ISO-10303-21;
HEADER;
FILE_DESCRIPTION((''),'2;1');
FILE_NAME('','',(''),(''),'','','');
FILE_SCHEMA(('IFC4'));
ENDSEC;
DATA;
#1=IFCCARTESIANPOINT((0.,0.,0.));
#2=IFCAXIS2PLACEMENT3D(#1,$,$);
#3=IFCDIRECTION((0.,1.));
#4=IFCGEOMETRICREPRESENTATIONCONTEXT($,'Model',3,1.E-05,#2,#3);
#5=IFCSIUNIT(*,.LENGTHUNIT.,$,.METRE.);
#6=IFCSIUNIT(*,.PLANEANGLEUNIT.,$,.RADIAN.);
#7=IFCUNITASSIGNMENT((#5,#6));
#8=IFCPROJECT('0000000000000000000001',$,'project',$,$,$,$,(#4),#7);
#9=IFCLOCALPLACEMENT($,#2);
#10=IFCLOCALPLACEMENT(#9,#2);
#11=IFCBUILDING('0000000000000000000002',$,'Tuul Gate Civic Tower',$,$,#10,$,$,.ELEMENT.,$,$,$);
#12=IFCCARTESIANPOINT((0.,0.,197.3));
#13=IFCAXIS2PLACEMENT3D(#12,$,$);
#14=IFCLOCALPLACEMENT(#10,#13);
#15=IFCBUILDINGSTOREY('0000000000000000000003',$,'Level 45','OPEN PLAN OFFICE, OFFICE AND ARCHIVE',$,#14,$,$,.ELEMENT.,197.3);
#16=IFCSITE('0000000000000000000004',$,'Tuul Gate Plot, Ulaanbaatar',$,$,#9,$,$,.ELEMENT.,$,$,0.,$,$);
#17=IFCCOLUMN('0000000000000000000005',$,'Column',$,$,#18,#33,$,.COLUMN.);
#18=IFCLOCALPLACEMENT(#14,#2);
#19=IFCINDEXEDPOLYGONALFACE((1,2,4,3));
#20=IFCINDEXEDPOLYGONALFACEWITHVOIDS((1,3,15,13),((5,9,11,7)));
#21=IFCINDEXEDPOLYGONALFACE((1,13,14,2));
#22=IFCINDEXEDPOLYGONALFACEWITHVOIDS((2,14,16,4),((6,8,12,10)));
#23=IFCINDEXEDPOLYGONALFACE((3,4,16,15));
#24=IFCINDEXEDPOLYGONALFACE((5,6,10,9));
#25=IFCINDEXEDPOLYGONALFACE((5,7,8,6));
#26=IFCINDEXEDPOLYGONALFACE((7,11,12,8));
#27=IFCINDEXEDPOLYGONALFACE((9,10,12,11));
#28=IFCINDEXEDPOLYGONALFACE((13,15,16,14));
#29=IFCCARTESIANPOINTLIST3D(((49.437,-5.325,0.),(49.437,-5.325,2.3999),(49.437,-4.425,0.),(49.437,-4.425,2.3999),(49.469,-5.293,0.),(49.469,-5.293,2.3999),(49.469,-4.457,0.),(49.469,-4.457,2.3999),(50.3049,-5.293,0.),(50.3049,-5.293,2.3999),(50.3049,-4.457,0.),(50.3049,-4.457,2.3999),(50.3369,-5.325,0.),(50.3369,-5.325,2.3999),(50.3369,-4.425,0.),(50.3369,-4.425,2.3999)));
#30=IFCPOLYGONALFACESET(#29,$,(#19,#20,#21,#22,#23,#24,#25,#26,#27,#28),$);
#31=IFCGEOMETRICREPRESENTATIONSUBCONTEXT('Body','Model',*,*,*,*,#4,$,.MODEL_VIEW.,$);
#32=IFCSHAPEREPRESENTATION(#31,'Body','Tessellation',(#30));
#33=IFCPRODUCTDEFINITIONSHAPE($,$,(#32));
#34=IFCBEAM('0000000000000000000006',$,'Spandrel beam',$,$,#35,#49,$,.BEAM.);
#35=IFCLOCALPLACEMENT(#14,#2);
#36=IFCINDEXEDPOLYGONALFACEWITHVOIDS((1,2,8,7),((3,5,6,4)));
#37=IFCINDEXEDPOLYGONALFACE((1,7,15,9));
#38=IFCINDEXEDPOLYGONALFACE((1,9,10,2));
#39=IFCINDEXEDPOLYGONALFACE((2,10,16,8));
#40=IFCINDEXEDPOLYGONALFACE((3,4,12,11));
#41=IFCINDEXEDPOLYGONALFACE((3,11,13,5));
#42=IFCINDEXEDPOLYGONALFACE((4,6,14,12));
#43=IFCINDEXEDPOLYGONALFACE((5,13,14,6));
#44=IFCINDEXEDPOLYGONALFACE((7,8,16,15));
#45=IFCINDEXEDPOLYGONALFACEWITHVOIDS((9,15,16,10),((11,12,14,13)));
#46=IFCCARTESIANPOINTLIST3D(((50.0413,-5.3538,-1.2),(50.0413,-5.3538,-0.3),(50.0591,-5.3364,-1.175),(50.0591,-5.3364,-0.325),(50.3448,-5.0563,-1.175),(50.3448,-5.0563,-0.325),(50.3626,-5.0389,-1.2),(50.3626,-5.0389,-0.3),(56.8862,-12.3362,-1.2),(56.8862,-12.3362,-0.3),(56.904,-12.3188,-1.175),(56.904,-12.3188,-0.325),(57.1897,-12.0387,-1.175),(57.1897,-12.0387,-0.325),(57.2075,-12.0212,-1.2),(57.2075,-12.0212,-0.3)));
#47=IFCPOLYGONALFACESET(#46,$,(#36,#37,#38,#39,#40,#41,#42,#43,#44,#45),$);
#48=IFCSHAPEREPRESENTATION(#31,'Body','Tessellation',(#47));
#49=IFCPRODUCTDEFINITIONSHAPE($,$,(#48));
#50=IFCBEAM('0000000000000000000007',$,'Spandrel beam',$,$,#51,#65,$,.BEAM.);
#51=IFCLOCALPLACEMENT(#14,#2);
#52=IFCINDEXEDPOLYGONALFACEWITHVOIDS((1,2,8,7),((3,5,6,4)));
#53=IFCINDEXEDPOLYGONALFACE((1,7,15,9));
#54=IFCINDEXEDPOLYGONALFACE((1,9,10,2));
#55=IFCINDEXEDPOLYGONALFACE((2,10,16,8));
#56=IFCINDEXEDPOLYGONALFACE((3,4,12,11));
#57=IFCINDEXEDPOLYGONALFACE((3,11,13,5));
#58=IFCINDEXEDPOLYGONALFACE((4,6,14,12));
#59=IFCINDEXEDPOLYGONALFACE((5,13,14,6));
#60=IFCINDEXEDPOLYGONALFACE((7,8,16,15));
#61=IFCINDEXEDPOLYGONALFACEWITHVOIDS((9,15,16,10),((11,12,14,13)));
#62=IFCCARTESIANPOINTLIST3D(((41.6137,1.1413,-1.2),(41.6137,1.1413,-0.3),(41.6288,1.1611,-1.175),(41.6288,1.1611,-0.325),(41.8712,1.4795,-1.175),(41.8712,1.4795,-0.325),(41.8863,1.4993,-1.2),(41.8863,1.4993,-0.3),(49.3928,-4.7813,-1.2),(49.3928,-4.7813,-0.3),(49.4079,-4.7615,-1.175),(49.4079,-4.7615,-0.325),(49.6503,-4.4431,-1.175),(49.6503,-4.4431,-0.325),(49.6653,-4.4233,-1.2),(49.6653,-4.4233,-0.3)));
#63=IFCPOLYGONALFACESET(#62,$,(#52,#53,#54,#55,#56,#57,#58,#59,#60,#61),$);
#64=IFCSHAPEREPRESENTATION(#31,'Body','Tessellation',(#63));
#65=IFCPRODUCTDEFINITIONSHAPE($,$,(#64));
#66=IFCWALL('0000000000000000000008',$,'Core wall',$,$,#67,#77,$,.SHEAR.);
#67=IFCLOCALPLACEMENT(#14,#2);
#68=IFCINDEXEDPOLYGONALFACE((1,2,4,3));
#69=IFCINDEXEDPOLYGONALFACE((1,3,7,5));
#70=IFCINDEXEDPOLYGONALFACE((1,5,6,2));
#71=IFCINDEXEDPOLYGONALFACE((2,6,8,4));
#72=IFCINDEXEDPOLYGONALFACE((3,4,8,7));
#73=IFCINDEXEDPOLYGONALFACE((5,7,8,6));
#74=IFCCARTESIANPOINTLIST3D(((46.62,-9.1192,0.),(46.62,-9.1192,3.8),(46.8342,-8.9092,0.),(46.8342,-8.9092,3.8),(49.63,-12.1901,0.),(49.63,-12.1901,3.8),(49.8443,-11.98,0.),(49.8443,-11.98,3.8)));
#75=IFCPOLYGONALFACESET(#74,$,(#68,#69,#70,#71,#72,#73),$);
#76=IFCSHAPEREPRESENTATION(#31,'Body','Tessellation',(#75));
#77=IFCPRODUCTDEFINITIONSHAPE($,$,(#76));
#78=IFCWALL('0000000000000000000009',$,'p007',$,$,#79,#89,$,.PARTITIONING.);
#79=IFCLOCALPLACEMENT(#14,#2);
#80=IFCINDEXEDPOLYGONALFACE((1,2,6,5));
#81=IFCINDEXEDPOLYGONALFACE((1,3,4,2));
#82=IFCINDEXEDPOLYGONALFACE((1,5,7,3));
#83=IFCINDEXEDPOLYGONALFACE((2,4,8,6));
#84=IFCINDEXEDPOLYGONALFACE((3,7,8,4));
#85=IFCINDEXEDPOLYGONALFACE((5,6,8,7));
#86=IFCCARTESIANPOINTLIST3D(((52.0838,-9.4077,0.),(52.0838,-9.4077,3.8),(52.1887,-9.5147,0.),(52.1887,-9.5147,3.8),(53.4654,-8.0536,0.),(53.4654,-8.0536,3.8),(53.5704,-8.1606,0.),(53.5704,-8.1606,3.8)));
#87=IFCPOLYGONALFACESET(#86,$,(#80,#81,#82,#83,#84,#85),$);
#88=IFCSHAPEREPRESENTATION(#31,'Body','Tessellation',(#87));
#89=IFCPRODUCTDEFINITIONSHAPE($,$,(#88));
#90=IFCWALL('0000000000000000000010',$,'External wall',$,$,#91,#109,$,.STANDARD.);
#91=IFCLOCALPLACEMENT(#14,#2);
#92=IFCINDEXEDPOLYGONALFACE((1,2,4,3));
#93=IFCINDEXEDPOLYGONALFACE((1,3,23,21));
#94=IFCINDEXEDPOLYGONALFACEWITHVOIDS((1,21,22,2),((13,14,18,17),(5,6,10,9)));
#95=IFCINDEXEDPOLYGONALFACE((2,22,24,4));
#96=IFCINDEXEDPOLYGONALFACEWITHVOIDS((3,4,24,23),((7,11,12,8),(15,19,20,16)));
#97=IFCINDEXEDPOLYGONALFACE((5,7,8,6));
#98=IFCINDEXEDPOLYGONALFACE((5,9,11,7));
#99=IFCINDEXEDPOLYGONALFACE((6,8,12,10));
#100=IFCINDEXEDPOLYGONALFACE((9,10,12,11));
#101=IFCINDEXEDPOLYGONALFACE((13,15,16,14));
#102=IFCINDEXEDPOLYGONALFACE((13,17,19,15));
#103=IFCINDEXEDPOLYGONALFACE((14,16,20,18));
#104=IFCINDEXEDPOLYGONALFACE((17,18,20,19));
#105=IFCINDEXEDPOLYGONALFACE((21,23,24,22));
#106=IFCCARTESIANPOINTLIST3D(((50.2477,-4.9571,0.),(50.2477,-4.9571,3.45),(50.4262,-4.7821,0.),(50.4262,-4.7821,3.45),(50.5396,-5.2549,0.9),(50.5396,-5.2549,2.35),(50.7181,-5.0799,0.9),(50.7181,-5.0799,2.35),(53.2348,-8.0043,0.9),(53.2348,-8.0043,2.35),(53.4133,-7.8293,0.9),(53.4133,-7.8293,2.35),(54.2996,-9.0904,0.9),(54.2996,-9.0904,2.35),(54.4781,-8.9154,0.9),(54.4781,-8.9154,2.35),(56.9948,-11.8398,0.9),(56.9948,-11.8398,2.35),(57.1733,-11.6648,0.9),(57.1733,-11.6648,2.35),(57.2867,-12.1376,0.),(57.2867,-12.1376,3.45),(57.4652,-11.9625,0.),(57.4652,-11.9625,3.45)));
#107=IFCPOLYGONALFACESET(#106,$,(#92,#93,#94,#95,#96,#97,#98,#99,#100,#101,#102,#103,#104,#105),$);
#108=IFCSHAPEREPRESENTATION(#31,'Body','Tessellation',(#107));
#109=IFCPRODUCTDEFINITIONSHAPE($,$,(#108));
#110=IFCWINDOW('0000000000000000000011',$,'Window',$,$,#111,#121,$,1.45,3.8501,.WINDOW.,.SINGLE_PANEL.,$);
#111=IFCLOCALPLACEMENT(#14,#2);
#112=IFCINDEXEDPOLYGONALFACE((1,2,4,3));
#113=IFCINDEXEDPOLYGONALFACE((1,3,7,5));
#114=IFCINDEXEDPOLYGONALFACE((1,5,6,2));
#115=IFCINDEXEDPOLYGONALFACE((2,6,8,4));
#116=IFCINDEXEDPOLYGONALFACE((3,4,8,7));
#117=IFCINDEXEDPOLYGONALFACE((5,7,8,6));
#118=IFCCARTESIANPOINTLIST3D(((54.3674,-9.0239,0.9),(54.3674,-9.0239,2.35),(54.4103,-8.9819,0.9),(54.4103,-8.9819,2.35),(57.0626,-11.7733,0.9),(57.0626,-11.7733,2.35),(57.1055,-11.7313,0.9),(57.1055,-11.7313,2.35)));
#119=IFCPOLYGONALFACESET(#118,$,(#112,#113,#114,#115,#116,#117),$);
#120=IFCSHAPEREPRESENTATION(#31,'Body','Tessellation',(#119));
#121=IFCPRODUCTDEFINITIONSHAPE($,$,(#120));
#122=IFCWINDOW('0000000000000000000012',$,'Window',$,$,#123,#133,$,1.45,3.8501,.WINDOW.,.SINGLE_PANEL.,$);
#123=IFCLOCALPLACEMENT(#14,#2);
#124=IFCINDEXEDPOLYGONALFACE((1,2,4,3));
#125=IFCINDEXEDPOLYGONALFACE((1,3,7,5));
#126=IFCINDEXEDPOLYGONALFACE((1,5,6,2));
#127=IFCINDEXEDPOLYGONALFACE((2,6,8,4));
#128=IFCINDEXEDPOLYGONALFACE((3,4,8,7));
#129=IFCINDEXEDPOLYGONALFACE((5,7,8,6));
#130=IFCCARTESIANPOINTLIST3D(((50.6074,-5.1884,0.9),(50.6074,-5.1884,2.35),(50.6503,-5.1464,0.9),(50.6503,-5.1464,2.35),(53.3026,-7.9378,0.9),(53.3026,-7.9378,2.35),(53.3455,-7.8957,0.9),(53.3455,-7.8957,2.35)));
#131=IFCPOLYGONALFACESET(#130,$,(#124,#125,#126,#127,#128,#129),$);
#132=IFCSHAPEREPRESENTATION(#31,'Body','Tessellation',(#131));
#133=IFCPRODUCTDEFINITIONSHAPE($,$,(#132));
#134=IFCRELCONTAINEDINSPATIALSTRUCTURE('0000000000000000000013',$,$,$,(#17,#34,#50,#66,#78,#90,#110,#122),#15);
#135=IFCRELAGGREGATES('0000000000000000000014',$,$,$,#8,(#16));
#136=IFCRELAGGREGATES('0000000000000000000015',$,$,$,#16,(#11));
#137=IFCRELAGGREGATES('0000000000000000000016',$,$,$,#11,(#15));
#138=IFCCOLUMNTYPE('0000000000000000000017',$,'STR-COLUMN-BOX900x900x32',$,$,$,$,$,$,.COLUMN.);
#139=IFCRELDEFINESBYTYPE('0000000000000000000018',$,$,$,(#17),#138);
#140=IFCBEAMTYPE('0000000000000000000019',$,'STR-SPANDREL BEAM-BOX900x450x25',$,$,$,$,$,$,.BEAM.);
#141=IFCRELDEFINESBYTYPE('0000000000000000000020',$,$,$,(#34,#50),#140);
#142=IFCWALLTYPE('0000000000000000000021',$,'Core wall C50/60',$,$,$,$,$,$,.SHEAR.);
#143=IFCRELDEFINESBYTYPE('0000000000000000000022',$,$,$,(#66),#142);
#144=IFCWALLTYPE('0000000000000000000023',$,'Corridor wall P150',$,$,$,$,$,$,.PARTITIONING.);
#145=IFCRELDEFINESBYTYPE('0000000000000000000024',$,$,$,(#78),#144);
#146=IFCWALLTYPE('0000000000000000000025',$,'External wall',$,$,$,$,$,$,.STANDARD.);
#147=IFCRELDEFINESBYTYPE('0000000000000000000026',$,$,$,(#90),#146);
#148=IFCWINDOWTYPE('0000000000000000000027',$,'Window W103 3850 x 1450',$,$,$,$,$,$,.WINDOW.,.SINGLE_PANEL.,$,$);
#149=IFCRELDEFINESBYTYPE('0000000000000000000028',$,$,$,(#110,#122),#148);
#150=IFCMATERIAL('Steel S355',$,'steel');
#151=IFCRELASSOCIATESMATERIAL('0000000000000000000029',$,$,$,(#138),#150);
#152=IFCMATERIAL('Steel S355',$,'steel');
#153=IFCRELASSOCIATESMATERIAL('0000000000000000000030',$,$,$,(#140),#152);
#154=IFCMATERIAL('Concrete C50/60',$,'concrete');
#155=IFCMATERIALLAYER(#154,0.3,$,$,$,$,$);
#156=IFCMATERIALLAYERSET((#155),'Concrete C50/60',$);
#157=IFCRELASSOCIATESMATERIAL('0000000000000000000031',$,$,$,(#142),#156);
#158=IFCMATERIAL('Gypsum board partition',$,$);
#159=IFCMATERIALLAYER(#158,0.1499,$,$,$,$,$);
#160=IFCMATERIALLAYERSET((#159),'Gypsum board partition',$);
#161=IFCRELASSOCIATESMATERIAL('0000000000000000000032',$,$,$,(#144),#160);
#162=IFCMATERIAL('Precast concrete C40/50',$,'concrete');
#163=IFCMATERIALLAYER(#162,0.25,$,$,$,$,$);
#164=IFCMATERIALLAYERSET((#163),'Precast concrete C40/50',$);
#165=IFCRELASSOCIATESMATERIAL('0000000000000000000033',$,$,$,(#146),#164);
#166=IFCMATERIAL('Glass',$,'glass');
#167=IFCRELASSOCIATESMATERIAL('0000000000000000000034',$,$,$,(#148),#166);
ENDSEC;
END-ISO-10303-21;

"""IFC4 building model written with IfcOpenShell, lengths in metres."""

from ifc_helpers import new_model, si_unit, direction, frame, frame_2d, origin, origin_2d, place, context, subcontext, project, spatial, rectangle, hollow_rectangle, extrude, material, layer, layer_set, material_profile, profile_set, type_object, element, fill, save


model = new_model("IFC4")

# Units and contexts
model_context = context("Model", 3, precision=1e-05, world=origin(), true_north=direction((0.0, 1.0)))
body_context = subcontext(model_context, "Body", "Model", "MODEL_VIEW")
ifc_project = project(units=[si_unit("LENGTHUNIT", "METRE"), si_unit("PLANEANGLEUNIT", "RADIAN")], contexts=[model_context])

# Site, building, storey
site_placement = place(None, origin())
site = spatial("IfcSite", under=ifc_project, at=site_placement, Name="Tuul Gate Plot, Ulaanbaatar", CompositionType="ELEMENT", RefElevation=0.0)
building_placement = place(site_placement, origin())
building = spatial("IfcBuilding", under=site, at=building_placement, Name="Tuul Gate Civic Tower", CompositionType="ELEMENT")
storey_placement = place(building_placement, frame((0.0, 0.0, 197.3)))
storey = spatial("IfcBuildingStorey", under=building, at=storey_placement, Name="Level 45", Description="OPEN PLAN OFFICE, OFFICE AND ARCHIVE", CompositionType="ELEMENT", Elevation=197.3)

# Column
ifc_material_1 = material(Name="Steel S355", Category="steel")
ifc_material_profile_1 = material_profile(ifc_material_1, hollow_rectangle(XDim=0.8999, YDim=0.8999, WallThickness=0.032, at=origin_2d()), Name="BOX900x900x32")
ifc_profile_set_1 = profile_set([ifc_material_profile_1], Name="Steel S355")
column_type = type_object("IfcColumnType", Name="STR-COLUMN-BOX900x900x32", PredefinedType="COLUMN", material=ifc_profile_set_1)
column_placement = place(storey_placement, frame((49.887, -4.875, 0.0), z_axis=(0.0, 0.0, 1.0), x_axis=(1.0, 0.0, 0.0)))
element("IfcColumn", 1, at=column_placement, inside=storey, type_object=column_type, Name="Column", PredefinedType="COLUMN", context=body_context, shape_type="SweptSolid", body=[
    extrude(hollow_rectangle(XDim=0.8999, YDim=0.8999, WallThickness=0.032, at=origin_2d()), origin(), (0.0, 0.0, 1.0), 2.3999),
])

# Beams
ifc_material_2 = material(Name="Steel S355", Category="steel")
ifc_material_profile_2 = material_profile(ifc_material_2, hollow_rectangle(XDim=0.45, YDim=0.8999, WallThickness=0.0249, at=origin_2d()), Name="BOX900x450x25")
ifc_profile_set_2 = profile_set([ifc_material_profile_2], Name="Steel S355")
beam_type = type_object("IfcBeamType", Name="STR-SPANDREL BEAM-BOX900x450x25", PredefinedType="BEAM", material=ifc_profile_set_2)
beam_1_placement = place(storey_placement, frame((57.0469, -12.1787, -0.75), z_axis=(-0.700043, 0.7141, 0.0), x_axis=(-0.7141, -0.700043, 0.0)))
element("IfcBeam", 2, at=beam_1_placement, inside=storey, type_object=beam_type, Name="Spandrel beam", PredefinedType="BEAM", context=body_context, shape_type="SweptSolid", body=[
    extrude(hollow_rectangle(XDim=0.45, YDim=0.8999, WallThickness=0.0249, at=origin_2d()), origin(), (0.0, 0.0, 1.0), 9.7778),
])
beam_2_placement = place(storey_placement, frame((49.5291, -4.6023, -0.75), z_axis=(-0.795643, 0.605766, 0.0), x_axis=(-0.605766, -0.795643, 0.0)))
element("IfcBeam", 3, at=beam_2_placement, inside=storey, type_object=beam_type, Name="Spandrel beam", PredefinedType="BEAM", context=body_context, shape_type="SweptSolid", body=[
    extrude(hollow_rectangle(XDim=0.45, YDim=0.8999, WallThickness=0.0249, at=origin_2d()), origin(), (0.0, 0.0, 1.0), 9.7771),
])

# Walls
ifc_material_3 = material(Name="Concrete C50/60", Category="concrete")
ifc_layer_1 = layer(ifc_material_3, 0.3)
ifc_layer_set_1 = layer_set([ifc_layer_1], Name="Concrete C50/60")
wall_type_1 = type_object("IfcWallType", Name="Core wall C50/60", PredefinedType="SHEAR", material=ifc_layer_set_1)
wall_1_placement = place(storey_placement, frame((49.7371, -12.085, 0.0), z_axis=(0.0, 0.0, 1.0), x_axis=(-0.700003, 0.71414, 0.0)))
element("IfcWall", 4, at=wall_1_placement, inside=storey, type_object=wall_type_1, Name="Core wall", PredefinedType="SHEAR", context=body_context, shape_type="SweptSolid", body=[
    extrude(rectangle(XDim=4.3, YDim=0.3, at=frame_2d((2.1499, 0.0))), origin(), (0.0, 0.0, 1.0), 3.8),
])
ifc_material_4 = material(Name="Gypsum board partition")
ifc_layer_2 = layer(ifc_material_4, 0.1499)
ifc_layer_set_2 = layer_set([ifc_layer_2], Name="Gypsum board partition")
wall_type_2 = type_object("IfcWallType", Name="Corridor wall P150", PredefinedType="PARTITIONING", material=ifc_layer_set_2)
wall_2_placement = place(storey_placement, frame((52.1362, -9.4612, 0.0), z_axis=(0.0, 0.0, 1.0), x_axis=(0.714201, 0.69994, 0.0)))
element("IfcWall", 5, at=wall_2_placement, inside=storey, type_object=wall_type_2, Name="p007", PredefinedType="PARTITIONING", context=body_context, shape_type="SweptSolid", body=[
    extrude(rectangle(XDim=1.9346, YDim=0.1499, at=frame_2d((0.9673, 0.0))), origin(), (0.0, 0.0, 1.0), 3.8),
])

# Wall, openings, windows
ifc_material_5 = material(Name="Precast concrete C40/50", Category="concrete")
ifc_layer_3 = layer(ifc_material_5, 0.25)
ifc_layer_set_3 = layer_set([ifc_layer_3], Name="Precast concrete C40/50")
wall_type_3 = type_object("IfcWallType", Name="External wall", PredefinedType="STANDARD", material=ifc_layer_set_3)
wall_3_placement = place(storey_placement, frame((57.376, -12.05, 0.0), z_axis=(0.0, 0.0, 1.0), x_axis=(-0.700043, 0.714101, 0.0)))
wall_3 = element("IfcWall", 6, at=wall_3_placement, inside=storey, type_object=wall_type_3, Name="External wall", PredefinedType="STANDARD", context=body_context, shape_type="SweptSolid", body=[
    extrude(rectangle(XDim=10.0552, YDim=0.25, at=frame_2d((5.0276, 0.0))), origin(), (0.0, 0.0, 1.0), 3.45),
])
opening_1_placement = place(wall_3_placement, frame((0.417, 0.0, 0.8999)))
opening_1 = element("IfcOpeningElement", 7, at=opening_1_placement, cuts=wall_3, PredefinedType="OPENING", context=body_context, shape_type="SweptSolid", body=[
    extrude(rectangle(XDim=3.8501, YDim=1.45, at=frame_2d((1.925, 0.7251))), frame((0.0, 0.135, 0.0), z_axis=(0.0, -1.0, 0.0), x_axis=(1.0, 0.0, 0.0)), (0.0, 0.0, 1.0), 0.27),
])
opening_2_placement = place(wall_3_placement, frame((5.7881, 0.0, 0.8999)))
opening_2 = element("IfcOpeningElement", 8, at=opening_2_placement, cuts=wall_3, PredefinedType="OPENING", context=body_context, shape_type="SweptSolid", body=[
    extrude(rectangle(XDim=3.8501, YDim=1.45, at=frame_2d((1.925, 0.7251))), frame((0.0, 0.135, 0.0), z_axis=(0.0, -1.0, 0.0), x_axis=(1.0, 0.0, 0.0)), (0.0, 0.0, 1.0), 0.27),
])
ifc_material_6 = material(Name="Glass", Category="glass")
window_type_1 = type_object("IfcWindowType", Name="Window W103 3850 x 1450", PartitioningType="SINGLE_PANEL", PredefinedType="WINDOW", material=ifc_material_6)
window_1_placement = place(opening_1_placement, origin())
window_1 = element("IfcWindow", 9, at=window_1_placement, inside=storey, type_object=window_type_1, Name="Window", OverallHeight=1.45, OverallWidth=3.8501, PartitioningType="SINGLE_PANEL", PredefinedType="WINDOW", context=body_context, shape_type="SweptSolid", body=[
    extrude(rectangle(XDim=3.8501, YDim=1.45, at=frame_2d((1.925, 0.7251))), frame((0.0, 0.03, 0.0), z_axis=(0.0, -1.0, 0.0), x_axis=(1.0, 0.0, 0.0)), (0.0, 0.0, 1.0), 0.0601),
])
fill(opening_1, window_1)
window_2_placement = place(opening_2_placement, origin())
window_2 = element("IfcWindow", 10, at=window_2_placement, inside=storey, type_object=window_type_1, Name="Window", OverallHeight=1.45, OverallWidth=3.8501, PartitioningType="SINGLE_PANEL", PredefinedType="WINDOW", context=body_context, shape_type="SweptSolid", body=[
    extrude(rectangle(XDim=3.8501, YDim=1.45, at=frame_2d((1.925, 0.7251))), frame((0.0, 0.03, 0.0), z_axis=(0.0, -1.0, 0.0), x_axis=(1.0, 0.0, 0.0)), (0.0, 0.0, 1.0), 0.0601),
])
fill(opening_2, window_2)

save(model, "model.ifc")
